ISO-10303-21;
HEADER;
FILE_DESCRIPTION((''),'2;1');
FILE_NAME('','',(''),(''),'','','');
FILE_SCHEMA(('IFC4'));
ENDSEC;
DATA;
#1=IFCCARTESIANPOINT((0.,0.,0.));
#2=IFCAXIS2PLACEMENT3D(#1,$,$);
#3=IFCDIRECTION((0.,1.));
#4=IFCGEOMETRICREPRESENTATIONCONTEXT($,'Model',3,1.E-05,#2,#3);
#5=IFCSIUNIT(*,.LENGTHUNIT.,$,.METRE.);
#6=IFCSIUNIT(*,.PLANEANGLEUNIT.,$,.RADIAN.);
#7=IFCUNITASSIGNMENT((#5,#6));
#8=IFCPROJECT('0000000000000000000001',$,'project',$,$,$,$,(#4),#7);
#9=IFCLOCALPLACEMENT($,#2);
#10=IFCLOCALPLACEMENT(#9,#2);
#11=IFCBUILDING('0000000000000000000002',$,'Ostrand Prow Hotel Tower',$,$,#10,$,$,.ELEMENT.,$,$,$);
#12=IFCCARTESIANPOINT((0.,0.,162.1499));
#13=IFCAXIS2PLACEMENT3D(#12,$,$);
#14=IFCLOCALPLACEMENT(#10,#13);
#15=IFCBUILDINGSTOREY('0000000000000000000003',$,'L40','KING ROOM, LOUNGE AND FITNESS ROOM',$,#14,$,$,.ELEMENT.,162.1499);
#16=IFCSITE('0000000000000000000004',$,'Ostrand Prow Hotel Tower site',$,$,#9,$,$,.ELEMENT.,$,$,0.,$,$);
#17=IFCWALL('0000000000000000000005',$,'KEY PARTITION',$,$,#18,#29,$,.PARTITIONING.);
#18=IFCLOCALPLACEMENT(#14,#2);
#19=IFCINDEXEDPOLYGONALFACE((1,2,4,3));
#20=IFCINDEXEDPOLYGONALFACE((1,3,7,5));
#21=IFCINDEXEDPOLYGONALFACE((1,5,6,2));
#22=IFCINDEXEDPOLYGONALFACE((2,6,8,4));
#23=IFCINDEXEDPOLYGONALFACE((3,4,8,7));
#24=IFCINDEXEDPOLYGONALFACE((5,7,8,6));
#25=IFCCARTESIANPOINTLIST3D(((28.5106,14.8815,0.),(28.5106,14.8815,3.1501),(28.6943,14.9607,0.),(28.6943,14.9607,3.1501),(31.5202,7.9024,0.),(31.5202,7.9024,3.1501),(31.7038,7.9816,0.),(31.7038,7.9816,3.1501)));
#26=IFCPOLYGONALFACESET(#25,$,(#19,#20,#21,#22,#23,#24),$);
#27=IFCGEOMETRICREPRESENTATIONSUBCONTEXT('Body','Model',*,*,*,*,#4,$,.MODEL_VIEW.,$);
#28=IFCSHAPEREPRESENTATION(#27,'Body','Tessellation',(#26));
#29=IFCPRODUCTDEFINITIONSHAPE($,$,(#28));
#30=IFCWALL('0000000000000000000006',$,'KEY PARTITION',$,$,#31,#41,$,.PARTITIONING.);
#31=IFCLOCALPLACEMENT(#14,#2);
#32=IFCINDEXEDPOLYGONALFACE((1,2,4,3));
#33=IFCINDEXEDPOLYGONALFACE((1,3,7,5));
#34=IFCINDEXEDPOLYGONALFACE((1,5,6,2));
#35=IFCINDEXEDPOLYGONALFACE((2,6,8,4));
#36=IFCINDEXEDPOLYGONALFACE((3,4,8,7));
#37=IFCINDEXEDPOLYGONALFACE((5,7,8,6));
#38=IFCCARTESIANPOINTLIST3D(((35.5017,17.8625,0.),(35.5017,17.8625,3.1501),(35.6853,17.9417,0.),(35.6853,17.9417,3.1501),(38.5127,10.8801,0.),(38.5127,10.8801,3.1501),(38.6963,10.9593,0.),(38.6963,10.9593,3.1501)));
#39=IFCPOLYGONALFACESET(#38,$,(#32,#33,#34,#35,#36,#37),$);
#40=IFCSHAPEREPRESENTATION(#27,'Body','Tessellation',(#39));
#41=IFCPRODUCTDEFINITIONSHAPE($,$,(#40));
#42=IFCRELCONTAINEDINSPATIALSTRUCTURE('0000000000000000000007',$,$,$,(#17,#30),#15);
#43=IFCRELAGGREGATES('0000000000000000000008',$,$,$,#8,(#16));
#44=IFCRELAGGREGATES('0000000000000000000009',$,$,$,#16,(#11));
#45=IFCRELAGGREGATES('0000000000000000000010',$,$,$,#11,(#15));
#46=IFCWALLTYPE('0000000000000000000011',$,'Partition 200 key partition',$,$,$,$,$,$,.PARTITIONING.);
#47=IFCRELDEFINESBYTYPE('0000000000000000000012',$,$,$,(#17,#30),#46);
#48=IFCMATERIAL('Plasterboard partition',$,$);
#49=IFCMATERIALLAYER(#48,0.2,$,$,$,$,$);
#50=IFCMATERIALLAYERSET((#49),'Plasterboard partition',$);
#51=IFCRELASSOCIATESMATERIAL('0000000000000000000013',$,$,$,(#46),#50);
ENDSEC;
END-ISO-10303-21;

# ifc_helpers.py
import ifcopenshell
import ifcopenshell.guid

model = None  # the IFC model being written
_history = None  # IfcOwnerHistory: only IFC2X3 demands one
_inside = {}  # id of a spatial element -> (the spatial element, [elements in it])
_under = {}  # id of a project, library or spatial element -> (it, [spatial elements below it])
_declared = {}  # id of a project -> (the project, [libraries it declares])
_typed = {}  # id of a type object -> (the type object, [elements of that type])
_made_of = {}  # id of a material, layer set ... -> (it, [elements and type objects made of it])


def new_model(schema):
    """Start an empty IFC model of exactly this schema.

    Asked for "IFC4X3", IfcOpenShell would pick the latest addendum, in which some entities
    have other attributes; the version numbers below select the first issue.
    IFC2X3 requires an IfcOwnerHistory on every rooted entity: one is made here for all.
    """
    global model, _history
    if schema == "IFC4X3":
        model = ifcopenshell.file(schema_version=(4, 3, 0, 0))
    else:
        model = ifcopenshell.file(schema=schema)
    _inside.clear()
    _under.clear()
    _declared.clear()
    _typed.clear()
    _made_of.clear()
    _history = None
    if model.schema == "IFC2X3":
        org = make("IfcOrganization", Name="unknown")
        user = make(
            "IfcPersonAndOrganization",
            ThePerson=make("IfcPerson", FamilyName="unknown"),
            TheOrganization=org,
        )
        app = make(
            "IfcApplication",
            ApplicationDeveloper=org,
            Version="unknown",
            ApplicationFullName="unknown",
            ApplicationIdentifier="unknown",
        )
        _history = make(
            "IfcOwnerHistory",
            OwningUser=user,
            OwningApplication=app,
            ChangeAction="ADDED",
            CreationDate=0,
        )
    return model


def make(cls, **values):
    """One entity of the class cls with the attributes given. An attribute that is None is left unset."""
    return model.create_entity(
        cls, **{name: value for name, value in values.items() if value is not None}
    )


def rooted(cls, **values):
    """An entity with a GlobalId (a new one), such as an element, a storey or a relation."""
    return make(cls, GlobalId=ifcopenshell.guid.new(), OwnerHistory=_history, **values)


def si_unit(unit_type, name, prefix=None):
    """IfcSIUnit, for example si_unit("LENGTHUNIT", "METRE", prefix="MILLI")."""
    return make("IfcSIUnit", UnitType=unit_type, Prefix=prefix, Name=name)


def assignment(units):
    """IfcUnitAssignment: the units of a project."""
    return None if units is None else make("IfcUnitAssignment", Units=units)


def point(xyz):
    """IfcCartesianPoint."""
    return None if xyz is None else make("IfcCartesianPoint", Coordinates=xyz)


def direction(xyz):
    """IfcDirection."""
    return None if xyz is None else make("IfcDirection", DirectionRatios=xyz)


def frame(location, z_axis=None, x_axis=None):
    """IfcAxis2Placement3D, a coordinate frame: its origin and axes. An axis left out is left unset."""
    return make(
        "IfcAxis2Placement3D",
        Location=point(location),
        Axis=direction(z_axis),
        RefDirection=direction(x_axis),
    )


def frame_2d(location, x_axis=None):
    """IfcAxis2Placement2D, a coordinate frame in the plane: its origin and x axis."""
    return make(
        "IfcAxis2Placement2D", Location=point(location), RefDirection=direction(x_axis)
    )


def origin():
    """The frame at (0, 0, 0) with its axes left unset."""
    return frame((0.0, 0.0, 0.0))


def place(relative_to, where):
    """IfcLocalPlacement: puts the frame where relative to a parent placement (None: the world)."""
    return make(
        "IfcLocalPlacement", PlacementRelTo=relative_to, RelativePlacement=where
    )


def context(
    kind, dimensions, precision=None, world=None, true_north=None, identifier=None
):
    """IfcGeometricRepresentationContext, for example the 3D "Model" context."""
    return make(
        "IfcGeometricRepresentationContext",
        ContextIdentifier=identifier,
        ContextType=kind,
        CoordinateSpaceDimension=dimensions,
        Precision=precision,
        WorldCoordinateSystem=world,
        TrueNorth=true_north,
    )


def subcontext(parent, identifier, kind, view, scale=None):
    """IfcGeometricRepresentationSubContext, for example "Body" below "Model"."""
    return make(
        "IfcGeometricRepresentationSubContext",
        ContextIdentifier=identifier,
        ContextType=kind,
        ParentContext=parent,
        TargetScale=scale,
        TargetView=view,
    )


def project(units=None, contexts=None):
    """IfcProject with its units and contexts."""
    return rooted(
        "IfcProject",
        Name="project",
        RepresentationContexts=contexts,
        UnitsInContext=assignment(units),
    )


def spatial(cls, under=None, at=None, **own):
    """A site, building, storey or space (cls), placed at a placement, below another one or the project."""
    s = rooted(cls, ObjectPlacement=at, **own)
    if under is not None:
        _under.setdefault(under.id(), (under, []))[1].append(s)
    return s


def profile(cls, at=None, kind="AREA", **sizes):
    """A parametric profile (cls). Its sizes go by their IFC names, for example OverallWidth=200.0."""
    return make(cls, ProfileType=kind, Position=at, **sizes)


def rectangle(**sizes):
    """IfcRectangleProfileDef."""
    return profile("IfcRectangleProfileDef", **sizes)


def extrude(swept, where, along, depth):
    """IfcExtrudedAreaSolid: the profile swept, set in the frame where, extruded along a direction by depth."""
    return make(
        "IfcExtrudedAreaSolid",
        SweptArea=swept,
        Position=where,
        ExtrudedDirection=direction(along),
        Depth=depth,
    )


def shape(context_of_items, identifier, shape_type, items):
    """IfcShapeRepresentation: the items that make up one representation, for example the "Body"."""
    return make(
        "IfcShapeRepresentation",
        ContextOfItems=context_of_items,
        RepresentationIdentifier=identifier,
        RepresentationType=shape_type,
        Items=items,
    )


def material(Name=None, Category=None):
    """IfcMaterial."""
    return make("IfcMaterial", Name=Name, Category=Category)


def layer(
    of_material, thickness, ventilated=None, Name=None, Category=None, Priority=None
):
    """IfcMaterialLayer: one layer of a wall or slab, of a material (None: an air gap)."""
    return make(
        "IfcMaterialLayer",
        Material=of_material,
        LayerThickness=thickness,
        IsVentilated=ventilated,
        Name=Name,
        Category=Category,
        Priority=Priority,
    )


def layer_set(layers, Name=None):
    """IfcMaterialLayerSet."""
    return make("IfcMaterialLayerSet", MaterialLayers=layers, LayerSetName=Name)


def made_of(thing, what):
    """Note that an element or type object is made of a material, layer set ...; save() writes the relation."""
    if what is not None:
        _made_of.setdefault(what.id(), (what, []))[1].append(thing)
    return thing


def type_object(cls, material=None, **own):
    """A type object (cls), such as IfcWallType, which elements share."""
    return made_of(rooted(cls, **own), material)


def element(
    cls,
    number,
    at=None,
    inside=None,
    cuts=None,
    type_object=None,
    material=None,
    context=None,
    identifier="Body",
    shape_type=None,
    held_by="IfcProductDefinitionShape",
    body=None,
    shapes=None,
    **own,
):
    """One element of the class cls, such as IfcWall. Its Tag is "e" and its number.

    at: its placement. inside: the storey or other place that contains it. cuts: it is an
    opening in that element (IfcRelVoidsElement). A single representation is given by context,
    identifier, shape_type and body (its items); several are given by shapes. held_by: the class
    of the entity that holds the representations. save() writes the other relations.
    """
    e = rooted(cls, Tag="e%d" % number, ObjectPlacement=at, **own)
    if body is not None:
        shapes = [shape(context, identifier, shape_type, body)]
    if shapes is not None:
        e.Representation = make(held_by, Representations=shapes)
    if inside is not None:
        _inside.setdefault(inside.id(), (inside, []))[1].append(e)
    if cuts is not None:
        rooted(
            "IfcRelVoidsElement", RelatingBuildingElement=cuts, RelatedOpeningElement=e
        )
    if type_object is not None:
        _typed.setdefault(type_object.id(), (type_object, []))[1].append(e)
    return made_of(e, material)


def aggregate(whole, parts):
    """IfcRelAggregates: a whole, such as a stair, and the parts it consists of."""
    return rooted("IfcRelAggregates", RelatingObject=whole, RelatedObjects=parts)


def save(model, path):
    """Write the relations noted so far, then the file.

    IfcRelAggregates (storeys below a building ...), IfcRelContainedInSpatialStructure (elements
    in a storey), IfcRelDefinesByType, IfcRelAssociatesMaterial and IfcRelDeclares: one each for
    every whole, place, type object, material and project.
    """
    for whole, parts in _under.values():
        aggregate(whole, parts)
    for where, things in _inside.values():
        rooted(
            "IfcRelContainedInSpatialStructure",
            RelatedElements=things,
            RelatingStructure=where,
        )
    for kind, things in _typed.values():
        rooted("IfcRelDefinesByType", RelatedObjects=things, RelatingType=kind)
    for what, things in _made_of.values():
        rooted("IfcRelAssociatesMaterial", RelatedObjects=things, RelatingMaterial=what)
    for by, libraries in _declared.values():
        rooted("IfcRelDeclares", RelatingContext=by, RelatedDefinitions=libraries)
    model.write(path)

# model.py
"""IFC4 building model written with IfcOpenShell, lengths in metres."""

from ifc_helpers import new_model, si_unit, direction, frame, frame_2d, origin, place, context, subcontext, project, spatial, rectangle, extrude, material, layer, layer_set, type_object, element, save


model = new_model("IFC4")

# Units and contexts
model_context = context("Model", 3, precision=1e-05, world=origin(), true_north=direction((0.0, 1.0)))
body_context = subcontext(model_context, "Body", "Model", "MODEL_VIEW")
ifc_project = project(units=[si_unit("LENGTHUNIT", "METRE"), si_unit("PLANEANGLEUNIT", "RADIAN")], contexts=[model_context])

# Site, building, storey
site_placement = place(None, origin())
site = spatial("IfcSite", under=ifc_project, at=site_placement, Name="Ostrand Prow Hotel Tower site", CompositionType="ELEMENT", RefElevation=0.0)
building_placement = place(site_placement, origin())
building = spatial("IfcBuilding", under=site, at=building_placement, Name="Ostrand Prow Hotel Tower", CompositionType="ELEMENT")
storey_placement = place(building_placement, frame((0.0, 0.0, 162.1499)))
storey = spatial("IfcBuildingStorey", under=building, at=storey_placement, Name="L40", Description="KING ROOM, LOUNGE AND FITNESS ROOM", CompositionType="ELEMENT", Elevation=162.1499)

# Walls
ifc_material_1 = material(Name="Plasterboard partition")
ifc_layer_1 = layer(ifc_material_1, 0.2)
ifc_layer_set_1 = layer_set([ifc_layer_1], Name="Plasterboard partition")
wall_type_1 = type_object("IfcWallType", Name="Partition 200 key partition", PredefinedType="PARTITIONING", material=ifc_layer_set_1)
wall_1_placement = place(storey_placement, frame((31.6121, 7.9419, 0.0), z_axis=(0.0, 0.0, 1.0), x_axis=(-0.395977, 0.91826, 0.0)))
element("IfcWall", 1, at=wall_1_placement, inside=storey, type_object=wall_type_1, Name="KEY PARTITION", PredefinedType="PARTITIONING", context=body_context, shape_type="SweptSolid", body=[
    extrude(rectangle(XDim=7.6003, YDim=0.2, at=frame_2d((3.8003, 0.0))), origin(), (0.0, 0.0, 1.0), 3.1501),
])
wall_2_placement = place(storey_placement, frame((38.6045, 10.9197, 0.0), z_axis=(0.0, 0.0, 1.0), x_axis=(-0.395976, 0.918261, 0.0)))
element("IfcWall", 2, at=wall_2_placement, inside=storey, type_object=wall_type_1, Name="KEY PARTITION", PredefinedType="PARTITIONING", context=body_context, shape_type="SweptSolid", body=[
    extrude(rectangle(XDim=7.604, YDim=0.2, at=frame_2d((3.802, 0.0))), origin(), (0.0, 0.0, 1.0), 3.1501),
])

save(model, "model.ifc")
